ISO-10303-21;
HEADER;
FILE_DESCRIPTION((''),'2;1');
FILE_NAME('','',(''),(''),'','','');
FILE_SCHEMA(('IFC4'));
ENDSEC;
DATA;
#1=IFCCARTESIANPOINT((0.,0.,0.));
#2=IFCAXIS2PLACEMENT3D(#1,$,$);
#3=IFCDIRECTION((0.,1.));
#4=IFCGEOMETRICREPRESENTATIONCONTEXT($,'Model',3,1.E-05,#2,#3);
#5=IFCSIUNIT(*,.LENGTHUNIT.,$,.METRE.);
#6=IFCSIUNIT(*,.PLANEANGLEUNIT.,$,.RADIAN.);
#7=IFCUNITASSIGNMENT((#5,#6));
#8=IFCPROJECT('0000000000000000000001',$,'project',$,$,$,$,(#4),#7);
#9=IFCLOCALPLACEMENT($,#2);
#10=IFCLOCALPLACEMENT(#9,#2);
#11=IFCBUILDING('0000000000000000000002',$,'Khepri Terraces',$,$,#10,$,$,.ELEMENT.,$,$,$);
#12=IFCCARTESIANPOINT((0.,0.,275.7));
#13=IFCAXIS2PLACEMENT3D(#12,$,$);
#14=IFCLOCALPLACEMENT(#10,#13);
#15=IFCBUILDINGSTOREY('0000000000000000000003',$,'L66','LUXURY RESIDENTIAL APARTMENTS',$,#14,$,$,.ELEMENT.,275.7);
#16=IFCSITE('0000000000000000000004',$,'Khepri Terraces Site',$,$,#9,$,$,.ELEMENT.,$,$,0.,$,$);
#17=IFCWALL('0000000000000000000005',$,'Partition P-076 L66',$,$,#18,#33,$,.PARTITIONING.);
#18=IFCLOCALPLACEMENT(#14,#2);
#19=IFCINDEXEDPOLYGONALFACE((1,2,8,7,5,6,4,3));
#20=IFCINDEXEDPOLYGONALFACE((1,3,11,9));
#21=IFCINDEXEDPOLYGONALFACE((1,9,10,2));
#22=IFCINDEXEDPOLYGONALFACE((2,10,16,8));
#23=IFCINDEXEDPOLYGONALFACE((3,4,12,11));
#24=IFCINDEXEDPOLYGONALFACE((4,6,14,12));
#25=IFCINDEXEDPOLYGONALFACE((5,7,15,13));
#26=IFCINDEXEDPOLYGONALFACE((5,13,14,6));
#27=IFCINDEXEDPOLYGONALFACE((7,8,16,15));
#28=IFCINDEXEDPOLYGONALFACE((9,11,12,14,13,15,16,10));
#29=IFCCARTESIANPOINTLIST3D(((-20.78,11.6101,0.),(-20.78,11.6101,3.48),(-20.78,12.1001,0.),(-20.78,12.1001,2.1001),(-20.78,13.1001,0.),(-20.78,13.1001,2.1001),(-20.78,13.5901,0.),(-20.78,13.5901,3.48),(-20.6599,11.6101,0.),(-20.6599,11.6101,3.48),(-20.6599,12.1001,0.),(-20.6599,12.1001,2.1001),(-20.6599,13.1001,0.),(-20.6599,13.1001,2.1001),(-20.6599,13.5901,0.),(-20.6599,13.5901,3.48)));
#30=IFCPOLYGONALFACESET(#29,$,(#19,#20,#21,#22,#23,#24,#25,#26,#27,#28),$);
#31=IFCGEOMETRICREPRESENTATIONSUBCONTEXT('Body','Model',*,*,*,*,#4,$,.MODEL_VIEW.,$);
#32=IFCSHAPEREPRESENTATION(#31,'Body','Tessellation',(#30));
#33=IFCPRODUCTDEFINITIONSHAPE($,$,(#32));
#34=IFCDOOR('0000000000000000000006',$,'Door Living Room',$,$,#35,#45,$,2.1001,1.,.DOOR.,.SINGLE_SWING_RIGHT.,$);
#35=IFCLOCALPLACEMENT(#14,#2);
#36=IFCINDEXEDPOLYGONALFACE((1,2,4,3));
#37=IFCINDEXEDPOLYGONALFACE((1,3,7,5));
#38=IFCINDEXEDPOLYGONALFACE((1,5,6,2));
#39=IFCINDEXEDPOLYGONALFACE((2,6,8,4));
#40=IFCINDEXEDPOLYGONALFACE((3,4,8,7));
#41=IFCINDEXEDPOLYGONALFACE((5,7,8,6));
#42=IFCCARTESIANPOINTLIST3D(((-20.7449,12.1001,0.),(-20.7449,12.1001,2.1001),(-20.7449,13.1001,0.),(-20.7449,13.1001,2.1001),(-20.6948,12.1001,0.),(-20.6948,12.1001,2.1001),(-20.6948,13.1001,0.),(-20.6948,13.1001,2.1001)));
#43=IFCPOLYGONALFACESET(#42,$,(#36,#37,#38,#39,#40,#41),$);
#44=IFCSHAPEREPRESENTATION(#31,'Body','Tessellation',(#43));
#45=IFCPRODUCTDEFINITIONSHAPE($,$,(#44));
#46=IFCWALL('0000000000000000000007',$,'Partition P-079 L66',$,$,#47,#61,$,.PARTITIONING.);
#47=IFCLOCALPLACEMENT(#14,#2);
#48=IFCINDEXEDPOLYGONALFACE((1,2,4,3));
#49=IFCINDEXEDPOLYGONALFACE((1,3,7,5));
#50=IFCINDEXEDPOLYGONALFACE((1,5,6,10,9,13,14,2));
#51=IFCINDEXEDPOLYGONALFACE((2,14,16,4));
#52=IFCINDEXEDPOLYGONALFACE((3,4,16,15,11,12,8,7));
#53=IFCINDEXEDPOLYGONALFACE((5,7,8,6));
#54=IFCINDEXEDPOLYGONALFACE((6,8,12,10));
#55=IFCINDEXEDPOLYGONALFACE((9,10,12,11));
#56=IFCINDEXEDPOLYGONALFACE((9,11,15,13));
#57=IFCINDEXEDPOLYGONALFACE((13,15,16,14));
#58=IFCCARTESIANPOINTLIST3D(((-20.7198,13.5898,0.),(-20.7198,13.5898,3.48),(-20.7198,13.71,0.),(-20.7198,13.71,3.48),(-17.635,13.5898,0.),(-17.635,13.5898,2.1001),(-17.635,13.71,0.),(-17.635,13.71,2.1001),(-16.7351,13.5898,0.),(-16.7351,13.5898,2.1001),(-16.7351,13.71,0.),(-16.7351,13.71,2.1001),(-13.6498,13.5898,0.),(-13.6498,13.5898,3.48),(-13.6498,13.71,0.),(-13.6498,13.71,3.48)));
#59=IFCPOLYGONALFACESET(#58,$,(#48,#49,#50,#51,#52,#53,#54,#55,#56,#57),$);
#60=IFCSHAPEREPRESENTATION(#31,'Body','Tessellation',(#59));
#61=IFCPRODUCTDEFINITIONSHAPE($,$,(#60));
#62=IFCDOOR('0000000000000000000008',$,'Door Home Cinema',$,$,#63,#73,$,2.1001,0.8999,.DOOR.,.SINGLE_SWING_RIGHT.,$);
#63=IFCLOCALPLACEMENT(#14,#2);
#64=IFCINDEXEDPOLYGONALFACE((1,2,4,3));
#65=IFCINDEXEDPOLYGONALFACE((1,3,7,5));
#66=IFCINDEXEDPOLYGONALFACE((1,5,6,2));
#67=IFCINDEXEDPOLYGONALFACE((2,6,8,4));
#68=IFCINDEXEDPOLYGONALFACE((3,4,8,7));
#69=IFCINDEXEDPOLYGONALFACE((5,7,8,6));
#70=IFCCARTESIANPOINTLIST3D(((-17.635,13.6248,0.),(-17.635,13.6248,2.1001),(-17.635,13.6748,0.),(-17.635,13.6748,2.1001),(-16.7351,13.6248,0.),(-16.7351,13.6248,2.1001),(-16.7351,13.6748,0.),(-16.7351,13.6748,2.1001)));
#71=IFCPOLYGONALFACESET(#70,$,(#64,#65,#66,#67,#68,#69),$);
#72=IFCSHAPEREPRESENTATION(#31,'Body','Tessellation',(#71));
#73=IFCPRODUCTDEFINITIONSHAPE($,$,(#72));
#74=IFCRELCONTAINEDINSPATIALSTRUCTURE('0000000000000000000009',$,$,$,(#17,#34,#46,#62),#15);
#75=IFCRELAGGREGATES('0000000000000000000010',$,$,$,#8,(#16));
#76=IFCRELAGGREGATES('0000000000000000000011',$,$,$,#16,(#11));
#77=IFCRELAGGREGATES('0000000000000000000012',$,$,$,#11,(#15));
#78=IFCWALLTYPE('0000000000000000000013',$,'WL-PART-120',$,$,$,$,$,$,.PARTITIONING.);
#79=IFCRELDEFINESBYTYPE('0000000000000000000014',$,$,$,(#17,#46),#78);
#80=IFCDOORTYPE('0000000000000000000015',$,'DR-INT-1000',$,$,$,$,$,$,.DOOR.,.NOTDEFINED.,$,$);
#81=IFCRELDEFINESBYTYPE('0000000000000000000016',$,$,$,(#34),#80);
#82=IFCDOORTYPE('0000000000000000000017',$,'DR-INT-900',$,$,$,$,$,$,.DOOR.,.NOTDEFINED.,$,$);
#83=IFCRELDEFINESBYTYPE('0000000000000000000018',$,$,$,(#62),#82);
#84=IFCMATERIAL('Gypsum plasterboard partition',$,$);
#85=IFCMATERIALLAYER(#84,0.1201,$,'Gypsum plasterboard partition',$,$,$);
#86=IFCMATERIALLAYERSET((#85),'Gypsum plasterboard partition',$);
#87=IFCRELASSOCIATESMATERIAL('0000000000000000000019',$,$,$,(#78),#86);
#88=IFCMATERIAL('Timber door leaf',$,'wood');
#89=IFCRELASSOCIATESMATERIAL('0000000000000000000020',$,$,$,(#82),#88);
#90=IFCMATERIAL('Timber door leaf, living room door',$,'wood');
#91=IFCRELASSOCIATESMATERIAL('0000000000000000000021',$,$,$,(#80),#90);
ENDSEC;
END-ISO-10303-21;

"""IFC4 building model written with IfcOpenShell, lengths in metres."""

from ifc_helpers import new_model, si_unit, direction, frame, frame_2d, origin, place, context, subcontext, project, spatial, rectangle, extrude, material, layer, layer_set, type_object, element, fill, save


model = new_model("IFC4")

# Units and contexts
model_context = context("Model", 3, precision=1e-05, world=origin(), true_north=direction((0.0, 1.0)))
body_context = subcontext(model_context, "Body", "Model", "MODEL_VIEW")
ifc_project = project(units=[si_unit("LENGTHUNIT", "METRE"), si_unit("PLANEANGLEUNIT", "RADIAN")], contexts=[model_context])

# Site, building, storey
site_placement = place(None, origin())
site = spatial("IfcSite", under=ifc_project, at=site_placement, Name="Khepri Terraces Site", CompositionType="ELEMENT", RefElevation=0.0)
building_placement = place(site_placement, origin())
building = spatial("IfcBuilding", under=site, at=building_placement, Name="Khepri Terraces", CompositionType="ELEMENT")
storey_placement = place(building_placement, frame((0.0, 0.0, 275.7)))
storey = spatial("IfcBuildingStorey", under=building, at=storey_placement, Name="L66", Description="LUXURY RESIDENTIAL APARTMENTS", CompositionType="ELEMENT", Elevation=275.7)

# Shared definitions
ifc_material_1 = material(Name="Gypsum plasterboard partition")
ifc_layer_1 = layer(ifc_material_1, 0.1201, Name="Gypsum plasterboard partition")
ifc_layer_set_1 = layer_set([ifc_layer_1], Name="Gypsum plasterboard partition")
wall_type_1 = type_object("IfcWallType", Name="WL-PART-120", PredefinedType="PARTITIONING", material=ifc_layer_set_1)

# Shared definitions
ifc_material_2 = material(Name="Timber door leaf", Category="wood")
door_type_1 = type_object("IfcDoorType", Name="DR-INT-900", OperationType="NOTDEFINED", PredefinedType="DOOR", material=ifc_material_2)

# Walls, openings, doors
wall_1_placement = place(storey_placement, frame((-20.72, 11.6101, 0.0), z_axis=(0.0, 0.0, 1.0), x_axis=(0.0, 1.0, 0.0)))
wall_1 = element("IfcWall", 1, at=wall_1_placement, inside=storey, type_object=wall_type_1, Name="Partition P-076 L66", PredefinedType="PARTITIONING", context=body_context, shape_type="SweptSolid", body=[
    extrude(rectangle(XDim=1.98, YDim=0.1201, at=frame_2d((0.99, 0.0))), origin(), (0.0, 0.0, 1.0), 3.48),
])
opening_1_placement = place(wall_1_placement, frame((0.49, 0.0, 0.0)))
opening_1 = element("IfcOpeningElement", 2, at=opening_1_placement, cuts=wall_1, PredefinedType="OPENING", context=body_context, shape_type="SweptSolid", body=[
    extrude(rectangle(XDim=1.0, YDim=2.1001, at=frame_2d((0.5, 1.05))), frame((0.0, 0.0701, 0.0), z_axis=(0.0, -1.0, 0.0), x_axis=(1.0, 0.0, 0.0)), (0.0, 0.0, 1.0), 0.1401),
])
ifc_material_3 = material(Name="Timber door leaf, living room door", Category="wood")
door_type_2 = type_object("IfcDoorType", Name="DR-INT-1000", OperationType="NOTDEFINED", PredefinedType="DOOR", material=ifc_material_3)
door_1_placement = place(opening_1_placement, origin())
door_1 = element("IfcDoor", 3, at=door_1_placement, inside=storey, type_object=door_type_2, Name="Door Living Room", OperationType="SINGLE_SWING_RIGHT", OverallHeight=2.1001, OverallWidth=1.0, PredefinedType="DOOR", context=body_context, shape_type="SweptSolid", body=[
    extrude(rectangle(XDim=1.0, YDim=2.1001, at=frame_2d((0.5, 1.05))), frame((0.0, 0.0249, 0.0), z_axis=(0.0, -1.0, 0.0), x_axis=(1.0, 0.0, 0.0)), (0.0, 0.0, 1.0), 0.05),
])
fill(opening_1, door_1)
wall_2_placement = place(storey_placement, frame((-20.72, 13.6499, 0.0), z_axis=(0.0, 0.0, 1.0), x_axis=(1.0, 0.0, 0.0)))
wall_2 = element("IfcWall", 4, at=wall_2_placement, inside=storey, type_object=wall_type_1, Name="Partition P-079 L66", PredefinedType="PARTITIONING", context=body_context, shape_type="SweptSolid", body=[
    extrude(rectangle(XDim=7.0701, YDim=0.1201, at=frame_2d((3.5352, 0.0))), origin(), (0.0, 0.0, 1.0), 3.48),
])
opening_2_placement = place(wall_2_placement, frame((3.085, 0.0, 0.0)))
opening_2 = element("IfcOpeningElement", 5, at=opening_2_placement, cuts=wall_2, PredefinedType="OPENING", context=body_context, shape_type="SweptSolid", body=[
    extrude(rectangle(XDim=0.8999, YDim=2.1001, at=frame_2d((0.45, 1.05))), frame((0.0, 0.0701, 0.0), z_axis=(0.0, -1.0, 0.0), x_axis=(1.0, 0.0, 0.0)), (0.0, 0.0, 1.0), 0.1401),
])
door_2_placement = place(opening_2_placement, origin())
door_2 = element("IfcDoor", 6, at=door_2_placement, inside=storey, type_object=door_type_1, Name="Door Home Cinema", OperationType="SINGLE_SWING_RIGHT", OverallHeight=2.1001, OverallWidth=0.8999, PredefinedType="DOOR", context=body_context, shape_type="SweptSolid", body=[
    extrude(rectangle(XDim=0.8999, YDim=2.1001, at=frame_2d((0.45, 1.05))), frame((0.0, 0.0249, 0.0), z_axis=(0.0, -1.0, 0.0), x_axis=(1.0, 0.0, 0.0)), (0.0, 0.0, 1.0), 0.05),
])
fill(opening_2, door_2)

save(model, "model.ifc")
